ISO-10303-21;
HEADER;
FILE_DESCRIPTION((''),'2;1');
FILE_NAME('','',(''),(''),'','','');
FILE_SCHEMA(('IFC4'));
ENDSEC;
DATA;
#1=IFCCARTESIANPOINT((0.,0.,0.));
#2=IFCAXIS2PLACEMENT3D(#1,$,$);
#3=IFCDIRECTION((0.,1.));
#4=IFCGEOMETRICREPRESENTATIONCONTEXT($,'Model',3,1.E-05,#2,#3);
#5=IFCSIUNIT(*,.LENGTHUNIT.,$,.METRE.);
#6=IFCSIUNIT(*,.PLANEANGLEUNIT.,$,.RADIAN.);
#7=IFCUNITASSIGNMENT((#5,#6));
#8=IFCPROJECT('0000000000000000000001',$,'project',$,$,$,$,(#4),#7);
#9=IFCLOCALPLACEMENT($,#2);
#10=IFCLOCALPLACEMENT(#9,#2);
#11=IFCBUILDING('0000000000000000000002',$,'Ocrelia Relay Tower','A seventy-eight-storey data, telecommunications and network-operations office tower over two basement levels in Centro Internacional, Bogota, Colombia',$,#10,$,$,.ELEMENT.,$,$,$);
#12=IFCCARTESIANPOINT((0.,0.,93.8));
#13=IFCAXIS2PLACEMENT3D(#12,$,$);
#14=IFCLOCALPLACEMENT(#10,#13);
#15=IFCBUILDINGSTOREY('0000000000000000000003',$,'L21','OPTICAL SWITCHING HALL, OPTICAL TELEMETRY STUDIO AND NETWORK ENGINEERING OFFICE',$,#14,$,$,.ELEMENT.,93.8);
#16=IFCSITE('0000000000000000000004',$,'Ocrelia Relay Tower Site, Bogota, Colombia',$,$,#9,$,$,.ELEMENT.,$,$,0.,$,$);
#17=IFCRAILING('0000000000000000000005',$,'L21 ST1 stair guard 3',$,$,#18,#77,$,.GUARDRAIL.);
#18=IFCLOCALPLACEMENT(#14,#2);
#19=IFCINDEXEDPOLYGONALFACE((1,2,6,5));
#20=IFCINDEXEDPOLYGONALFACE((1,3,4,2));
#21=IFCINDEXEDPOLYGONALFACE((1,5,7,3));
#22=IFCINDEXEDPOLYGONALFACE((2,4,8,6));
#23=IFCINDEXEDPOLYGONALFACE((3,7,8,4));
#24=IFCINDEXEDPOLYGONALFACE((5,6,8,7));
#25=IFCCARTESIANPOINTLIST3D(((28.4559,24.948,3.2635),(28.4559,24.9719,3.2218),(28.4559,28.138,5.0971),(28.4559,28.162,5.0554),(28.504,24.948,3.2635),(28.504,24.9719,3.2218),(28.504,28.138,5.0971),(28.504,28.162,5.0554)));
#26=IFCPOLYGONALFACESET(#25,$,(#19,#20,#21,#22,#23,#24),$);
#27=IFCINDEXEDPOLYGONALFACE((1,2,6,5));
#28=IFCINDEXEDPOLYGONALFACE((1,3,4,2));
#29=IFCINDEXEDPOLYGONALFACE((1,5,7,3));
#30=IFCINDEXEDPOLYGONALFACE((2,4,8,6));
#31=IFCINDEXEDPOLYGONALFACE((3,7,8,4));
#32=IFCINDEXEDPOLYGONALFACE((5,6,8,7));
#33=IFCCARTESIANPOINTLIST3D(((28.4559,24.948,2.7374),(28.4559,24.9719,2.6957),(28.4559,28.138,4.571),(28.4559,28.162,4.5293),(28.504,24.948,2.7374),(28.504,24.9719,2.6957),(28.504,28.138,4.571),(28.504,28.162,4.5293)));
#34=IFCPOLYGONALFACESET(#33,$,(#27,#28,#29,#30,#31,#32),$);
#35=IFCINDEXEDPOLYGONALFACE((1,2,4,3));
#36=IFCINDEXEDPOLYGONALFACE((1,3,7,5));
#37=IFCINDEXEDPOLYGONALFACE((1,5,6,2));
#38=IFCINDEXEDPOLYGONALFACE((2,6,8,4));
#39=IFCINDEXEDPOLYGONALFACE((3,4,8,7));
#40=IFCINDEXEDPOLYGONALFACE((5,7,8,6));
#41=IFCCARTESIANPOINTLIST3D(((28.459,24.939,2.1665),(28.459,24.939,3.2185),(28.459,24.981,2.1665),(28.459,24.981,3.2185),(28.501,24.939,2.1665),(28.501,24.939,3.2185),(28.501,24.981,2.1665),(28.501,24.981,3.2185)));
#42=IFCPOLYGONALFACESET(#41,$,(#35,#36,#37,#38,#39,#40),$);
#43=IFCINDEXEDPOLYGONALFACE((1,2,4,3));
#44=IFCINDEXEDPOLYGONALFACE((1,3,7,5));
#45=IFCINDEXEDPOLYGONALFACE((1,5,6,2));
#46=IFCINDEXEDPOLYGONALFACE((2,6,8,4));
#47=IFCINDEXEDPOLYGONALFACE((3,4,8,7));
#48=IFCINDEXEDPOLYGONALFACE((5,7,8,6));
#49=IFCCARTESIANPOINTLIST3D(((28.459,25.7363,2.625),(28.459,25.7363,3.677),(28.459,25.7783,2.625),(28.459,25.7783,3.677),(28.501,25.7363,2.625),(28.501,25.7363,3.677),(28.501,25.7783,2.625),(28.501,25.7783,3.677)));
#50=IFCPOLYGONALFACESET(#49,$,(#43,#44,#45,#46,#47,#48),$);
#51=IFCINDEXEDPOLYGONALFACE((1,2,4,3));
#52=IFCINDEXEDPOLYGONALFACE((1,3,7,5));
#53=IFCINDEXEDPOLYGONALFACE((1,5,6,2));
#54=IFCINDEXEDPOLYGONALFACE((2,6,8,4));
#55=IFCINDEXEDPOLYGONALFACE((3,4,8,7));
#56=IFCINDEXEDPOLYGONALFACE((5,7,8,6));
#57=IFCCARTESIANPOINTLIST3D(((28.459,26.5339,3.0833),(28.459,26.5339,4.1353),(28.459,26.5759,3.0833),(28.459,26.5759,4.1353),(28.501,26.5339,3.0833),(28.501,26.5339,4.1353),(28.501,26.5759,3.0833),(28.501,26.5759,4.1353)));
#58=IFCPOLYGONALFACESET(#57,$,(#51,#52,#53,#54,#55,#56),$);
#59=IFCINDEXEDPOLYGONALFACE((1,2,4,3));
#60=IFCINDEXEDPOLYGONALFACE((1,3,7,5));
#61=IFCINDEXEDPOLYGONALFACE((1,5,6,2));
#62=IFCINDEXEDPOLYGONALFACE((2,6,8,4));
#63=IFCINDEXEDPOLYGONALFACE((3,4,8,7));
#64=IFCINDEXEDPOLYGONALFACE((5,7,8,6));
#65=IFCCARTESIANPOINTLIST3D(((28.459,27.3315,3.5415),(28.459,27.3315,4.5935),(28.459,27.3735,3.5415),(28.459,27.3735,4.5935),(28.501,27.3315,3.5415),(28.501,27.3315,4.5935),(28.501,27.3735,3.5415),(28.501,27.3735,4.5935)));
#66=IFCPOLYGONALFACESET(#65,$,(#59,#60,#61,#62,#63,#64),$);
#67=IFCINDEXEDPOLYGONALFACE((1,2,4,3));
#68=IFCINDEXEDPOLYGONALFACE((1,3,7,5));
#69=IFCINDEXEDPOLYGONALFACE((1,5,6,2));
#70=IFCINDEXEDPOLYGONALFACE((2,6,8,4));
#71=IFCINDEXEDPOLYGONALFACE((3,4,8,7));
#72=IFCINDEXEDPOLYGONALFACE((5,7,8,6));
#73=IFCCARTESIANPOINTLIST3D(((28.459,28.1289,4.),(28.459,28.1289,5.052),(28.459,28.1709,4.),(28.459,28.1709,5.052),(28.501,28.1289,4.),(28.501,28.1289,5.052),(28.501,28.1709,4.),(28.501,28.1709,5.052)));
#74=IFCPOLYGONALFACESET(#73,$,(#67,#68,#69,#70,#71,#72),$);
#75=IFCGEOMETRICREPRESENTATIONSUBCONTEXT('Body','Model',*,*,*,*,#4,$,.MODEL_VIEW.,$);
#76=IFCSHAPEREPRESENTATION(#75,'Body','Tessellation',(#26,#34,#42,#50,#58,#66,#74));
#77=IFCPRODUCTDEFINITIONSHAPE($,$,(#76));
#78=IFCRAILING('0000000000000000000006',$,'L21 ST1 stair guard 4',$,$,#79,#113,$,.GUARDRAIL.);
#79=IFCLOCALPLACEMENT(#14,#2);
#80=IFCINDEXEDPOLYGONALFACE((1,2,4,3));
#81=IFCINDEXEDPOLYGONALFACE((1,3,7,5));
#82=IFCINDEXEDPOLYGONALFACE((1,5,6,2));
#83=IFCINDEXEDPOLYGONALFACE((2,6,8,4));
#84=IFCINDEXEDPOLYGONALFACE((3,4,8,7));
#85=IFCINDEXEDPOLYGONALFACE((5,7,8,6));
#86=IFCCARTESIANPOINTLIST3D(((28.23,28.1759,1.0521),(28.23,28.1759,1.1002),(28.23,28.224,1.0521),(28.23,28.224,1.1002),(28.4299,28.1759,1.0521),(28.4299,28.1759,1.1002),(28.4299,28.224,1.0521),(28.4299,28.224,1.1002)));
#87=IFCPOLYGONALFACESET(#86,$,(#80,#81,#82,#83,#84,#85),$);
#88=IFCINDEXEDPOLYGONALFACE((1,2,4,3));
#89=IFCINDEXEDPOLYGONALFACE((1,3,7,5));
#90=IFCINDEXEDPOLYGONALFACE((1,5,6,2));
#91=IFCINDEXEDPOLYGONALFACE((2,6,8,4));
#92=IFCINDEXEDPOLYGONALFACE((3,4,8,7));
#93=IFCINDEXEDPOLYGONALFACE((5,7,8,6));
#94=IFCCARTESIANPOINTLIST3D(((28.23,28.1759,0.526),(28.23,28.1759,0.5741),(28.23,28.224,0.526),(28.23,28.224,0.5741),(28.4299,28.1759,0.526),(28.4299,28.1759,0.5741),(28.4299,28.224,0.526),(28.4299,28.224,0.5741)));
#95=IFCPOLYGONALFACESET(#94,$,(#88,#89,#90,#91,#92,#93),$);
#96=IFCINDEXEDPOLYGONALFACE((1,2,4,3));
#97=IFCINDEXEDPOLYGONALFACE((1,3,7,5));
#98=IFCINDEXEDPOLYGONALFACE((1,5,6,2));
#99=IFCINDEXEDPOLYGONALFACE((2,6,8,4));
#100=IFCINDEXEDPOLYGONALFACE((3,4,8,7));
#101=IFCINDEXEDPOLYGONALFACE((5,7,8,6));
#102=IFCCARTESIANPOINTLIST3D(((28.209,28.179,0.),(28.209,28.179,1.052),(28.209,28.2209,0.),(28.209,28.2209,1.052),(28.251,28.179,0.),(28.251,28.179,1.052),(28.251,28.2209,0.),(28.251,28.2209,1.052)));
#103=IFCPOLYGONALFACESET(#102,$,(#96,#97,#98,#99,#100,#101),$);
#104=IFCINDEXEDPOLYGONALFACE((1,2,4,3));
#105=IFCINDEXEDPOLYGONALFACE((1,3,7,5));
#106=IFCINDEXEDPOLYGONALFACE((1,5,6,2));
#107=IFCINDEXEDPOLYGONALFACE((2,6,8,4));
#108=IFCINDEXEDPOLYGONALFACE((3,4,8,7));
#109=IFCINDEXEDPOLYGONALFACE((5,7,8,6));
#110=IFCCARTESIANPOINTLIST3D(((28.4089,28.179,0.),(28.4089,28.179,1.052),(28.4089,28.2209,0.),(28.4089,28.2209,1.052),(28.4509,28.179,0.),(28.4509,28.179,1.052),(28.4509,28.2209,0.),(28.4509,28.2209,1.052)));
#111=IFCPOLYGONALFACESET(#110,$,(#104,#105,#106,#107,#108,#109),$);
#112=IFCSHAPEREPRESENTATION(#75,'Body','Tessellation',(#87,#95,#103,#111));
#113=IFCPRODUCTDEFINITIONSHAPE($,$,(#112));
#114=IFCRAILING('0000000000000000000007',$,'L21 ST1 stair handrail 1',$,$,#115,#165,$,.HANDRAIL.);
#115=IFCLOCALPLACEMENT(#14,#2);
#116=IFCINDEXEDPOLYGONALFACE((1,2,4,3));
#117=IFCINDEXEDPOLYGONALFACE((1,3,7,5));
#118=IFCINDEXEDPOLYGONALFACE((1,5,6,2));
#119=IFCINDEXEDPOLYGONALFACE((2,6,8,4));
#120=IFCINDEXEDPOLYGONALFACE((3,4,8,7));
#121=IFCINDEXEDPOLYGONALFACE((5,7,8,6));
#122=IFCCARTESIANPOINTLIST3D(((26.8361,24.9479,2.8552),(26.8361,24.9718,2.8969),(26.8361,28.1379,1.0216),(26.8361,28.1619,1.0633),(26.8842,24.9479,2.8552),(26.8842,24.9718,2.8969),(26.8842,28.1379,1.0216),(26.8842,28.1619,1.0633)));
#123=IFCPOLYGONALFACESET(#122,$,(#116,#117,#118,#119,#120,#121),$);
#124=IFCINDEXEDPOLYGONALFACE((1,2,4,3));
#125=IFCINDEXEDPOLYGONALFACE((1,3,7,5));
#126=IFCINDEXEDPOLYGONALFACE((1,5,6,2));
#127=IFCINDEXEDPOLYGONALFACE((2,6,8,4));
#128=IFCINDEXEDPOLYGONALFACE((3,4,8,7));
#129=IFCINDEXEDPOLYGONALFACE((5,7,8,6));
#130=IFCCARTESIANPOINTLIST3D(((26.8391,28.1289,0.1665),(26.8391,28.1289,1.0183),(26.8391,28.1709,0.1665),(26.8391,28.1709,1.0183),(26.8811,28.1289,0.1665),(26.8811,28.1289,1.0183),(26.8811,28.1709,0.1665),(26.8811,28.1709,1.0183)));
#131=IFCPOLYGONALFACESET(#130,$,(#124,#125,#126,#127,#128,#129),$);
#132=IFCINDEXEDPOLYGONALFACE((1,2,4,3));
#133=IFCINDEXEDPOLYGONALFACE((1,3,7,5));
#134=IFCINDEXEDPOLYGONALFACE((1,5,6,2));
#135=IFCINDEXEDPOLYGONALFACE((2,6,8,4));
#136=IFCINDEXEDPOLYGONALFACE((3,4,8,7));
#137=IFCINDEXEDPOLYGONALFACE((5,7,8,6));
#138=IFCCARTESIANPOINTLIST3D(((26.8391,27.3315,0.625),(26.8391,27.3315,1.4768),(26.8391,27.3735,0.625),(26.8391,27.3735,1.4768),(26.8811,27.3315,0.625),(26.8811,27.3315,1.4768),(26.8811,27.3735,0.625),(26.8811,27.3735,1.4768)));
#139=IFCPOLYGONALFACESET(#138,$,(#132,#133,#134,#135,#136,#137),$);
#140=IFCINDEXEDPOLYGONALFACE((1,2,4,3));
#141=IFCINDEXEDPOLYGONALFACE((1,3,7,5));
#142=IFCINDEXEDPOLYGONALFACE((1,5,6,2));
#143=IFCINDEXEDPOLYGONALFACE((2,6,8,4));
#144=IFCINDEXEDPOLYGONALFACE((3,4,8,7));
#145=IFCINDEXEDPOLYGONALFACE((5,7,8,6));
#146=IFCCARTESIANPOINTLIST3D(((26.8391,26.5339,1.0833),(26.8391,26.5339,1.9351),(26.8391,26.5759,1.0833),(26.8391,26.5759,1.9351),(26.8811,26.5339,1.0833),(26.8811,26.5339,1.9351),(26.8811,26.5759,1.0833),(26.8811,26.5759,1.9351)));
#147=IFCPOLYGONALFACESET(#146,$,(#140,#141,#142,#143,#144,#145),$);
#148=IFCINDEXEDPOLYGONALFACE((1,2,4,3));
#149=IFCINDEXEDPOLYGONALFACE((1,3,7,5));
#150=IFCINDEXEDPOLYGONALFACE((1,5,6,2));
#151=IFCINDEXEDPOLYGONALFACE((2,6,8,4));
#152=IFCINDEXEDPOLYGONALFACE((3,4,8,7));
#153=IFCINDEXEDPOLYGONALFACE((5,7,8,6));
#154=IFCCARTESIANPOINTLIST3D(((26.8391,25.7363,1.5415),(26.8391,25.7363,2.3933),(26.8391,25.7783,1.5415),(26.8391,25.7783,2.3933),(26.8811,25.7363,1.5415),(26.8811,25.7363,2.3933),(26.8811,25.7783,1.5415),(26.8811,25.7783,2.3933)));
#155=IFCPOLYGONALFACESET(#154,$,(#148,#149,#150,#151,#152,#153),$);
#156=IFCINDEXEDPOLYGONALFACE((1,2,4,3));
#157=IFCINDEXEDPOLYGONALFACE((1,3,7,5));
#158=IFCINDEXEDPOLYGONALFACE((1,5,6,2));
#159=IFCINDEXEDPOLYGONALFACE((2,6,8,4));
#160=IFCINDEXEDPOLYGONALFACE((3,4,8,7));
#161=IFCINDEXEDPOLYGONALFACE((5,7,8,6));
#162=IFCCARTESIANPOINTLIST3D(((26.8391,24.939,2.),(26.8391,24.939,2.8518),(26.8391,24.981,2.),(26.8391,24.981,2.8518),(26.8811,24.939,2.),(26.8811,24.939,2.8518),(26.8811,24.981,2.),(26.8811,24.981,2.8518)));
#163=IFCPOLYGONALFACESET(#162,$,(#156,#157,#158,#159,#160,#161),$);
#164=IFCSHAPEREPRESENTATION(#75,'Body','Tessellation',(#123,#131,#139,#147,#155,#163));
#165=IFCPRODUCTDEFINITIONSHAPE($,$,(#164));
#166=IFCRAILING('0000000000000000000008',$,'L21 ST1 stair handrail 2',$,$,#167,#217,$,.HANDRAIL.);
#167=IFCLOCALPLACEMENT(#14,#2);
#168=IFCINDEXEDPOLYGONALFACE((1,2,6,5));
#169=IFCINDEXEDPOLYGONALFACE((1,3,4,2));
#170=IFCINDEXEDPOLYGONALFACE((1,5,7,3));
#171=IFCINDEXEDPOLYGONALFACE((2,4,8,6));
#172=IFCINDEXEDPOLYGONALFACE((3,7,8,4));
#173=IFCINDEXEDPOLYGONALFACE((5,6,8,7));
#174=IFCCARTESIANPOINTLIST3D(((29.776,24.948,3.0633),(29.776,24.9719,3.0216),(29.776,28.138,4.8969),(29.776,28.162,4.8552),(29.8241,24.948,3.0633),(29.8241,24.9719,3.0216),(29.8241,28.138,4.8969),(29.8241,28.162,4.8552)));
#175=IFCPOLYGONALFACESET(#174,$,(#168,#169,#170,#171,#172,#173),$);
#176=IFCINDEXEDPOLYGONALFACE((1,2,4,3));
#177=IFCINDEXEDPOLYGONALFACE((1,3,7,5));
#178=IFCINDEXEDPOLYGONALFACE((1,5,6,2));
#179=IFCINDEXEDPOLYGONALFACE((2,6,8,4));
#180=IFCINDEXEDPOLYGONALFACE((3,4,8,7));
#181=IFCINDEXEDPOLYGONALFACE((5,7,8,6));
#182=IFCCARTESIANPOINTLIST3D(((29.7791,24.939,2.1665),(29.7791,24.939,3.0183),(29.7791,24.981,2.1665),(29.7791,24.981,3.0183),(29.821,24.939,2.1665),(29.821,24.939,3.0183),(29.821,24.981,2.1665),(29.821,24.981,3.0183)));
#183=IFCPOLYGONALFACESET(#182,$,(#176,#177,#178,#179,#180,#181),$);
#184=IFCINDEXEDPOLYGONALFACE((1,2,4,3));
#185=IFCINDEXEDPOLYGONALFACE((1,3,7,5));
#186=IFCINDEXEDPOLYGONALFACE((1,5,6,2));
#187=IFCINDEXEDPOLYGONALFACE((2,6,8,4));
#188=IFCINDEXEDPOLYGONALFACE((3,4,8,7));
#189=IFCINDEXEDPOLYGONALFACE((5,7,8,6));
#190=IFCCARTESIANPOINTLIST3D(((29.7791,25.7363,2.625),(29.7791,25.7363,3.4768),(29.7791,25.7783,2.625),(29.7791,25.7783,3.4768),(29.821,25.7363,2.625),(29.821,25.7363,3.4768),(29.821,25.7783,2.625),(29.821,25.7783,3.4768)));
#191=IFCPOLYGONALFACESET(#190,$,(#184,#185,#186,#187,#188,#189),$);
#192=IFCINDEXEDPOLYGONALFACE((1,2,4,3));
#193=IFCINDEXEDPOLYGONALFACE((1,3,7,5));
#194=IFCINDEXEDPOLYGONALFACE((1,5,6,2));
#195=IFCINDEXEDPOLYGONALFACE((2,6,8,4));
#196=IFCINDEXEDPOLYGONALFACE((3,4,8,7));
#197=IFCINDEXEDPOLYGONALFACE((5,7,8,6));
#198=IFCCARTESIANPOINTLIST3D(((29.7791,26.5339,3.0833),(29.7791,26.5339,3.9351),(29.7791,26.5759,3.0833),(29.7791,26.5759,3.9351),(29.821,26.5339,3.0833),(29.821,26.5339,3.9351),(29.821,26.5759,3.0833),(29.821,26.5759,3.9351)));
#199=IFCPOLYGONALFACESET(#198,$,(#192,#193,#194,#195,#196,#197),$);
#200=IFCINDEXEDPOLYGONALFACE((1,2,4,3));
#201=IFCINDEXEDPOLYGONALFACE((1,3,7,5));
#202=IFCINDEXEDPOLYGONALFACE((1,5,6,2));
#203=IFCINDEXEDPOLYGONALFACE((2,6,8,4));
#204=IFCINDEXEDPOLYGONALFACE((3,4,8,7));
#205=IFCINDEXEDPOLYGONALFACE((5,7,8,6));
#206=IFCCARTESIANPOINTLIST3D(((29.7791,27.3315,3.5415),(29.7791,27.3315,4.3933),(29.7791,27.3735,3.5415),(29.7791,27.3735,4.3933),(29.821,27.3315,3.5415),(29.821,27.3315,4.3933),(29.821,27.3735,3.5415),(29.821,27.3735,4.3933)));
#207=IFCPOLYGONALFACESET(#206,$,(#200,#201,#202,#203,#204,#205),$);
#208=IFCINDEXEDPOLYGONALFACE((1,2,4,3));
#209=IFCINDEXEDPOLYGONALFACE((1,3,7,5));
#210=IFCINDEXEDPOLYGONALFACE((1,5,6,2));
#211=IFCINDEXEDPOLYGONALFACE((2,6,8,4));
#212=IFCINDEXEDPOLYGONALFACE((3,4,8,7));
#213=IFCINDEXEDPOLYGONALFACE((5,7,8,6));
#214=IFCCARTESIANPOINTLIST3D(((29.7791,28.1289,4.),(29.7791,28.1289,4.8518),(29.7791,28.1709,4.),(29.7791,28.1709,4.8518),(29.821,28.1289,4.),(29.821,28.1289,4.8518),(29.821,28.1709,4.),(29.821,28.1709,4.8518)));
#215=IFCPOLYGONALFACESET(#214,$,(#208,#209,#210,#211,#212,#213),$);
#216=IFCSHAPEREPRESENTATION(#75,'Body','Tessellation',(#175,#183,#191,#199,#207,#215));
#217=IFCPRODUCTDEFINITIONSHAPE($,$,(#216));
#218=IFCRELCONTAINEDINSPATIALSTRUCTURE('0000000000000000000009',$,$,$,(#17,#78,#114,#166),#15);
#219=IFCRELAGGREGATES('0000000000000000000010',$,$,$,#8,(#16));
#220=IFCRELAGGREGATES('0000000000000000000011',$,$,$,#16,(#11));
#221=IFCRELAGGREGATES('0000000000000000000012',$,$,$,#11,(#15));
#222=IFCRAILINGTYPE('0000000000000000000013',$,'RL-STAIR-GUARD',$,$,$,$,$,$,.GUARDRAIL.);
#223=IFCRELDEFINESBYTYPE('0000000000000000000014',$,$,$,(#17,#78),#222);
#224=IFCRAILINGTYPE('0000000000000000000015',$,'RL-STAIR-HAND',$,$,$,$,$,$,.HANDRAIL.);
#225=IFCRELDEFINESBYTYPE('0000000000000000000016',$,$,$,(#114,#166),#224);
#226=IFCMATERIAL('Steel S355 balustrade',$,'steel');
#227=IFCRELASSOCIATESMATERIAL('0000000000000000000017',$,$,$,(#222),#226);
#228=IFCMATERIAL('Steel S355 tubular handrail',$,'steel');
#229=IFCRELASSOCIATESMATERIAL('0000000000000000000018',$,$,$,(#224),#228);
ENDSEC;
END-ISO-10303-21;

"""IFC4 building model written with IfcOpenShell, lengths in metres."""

from ifc_helpers import new_model, si_unit, direction, frame, origin, origin_2d, place, context, subcontext, project, spatial, rectangle, extrude, material, type_object, element, save


model = new_model("IFC4")

# Units and contexts
model_context = context("Model", 3, precision=1e-05, world=origin(), true_north=direction((0.0, 1.0)))
body_context = subcontext(model_context, "Body", "Model", "MODEL_VIEW")
ifc_project = project(units=[si_unit("LENGTHUNIT", "METRE"), si_unit("PLANEANGLEUNIT", "RADIAN")], contexts=[model_context])

# Site, building, storey
site_placement = place(None, origin())
site = spatial("IfcSite", under=ifc_project, at=site_placement, Name="Ocrelia Relay Tower Site, Bogota, Colombia", CompositionType="ELEMENT", RefElevation=0.0)
building_placement = place(site_placement, origin())
building = spatial("IfcBuilding", under=site, at=building_placement, Name="Ocrelia Relay Tower", Description="A seventy-eight-storey data, telecommunications and network-operations office tower over two basement levels in Centro Internacional, Bogota, Colombia", CompositionType="ELEMENT")
storey_placement = place(building_placement, frame((0.0, 0.0, 93.8)))
storey = spatial("IfcBuildingStorey", under=building, at=storey_placement, Name="L21", Description="OPTICAL SWITCHING HALL, OPTICAL TELEMETRY STUDIO AND NETWORK ENGINEERING OFFICE", CompositionType="ELEMENT", Elevation=93.8)

# Railings
ifc_material_1 = material(Name="Steel S355 balustrade", Category="steel")
railing_type_1 = type_object("IfcRailingType", Name="RL-STAIR-GUARD", PredefinedType="GUARDRAIL", material=ifc_material_1)
railing_1_placement = place(storey_placement, frame((28.48, 24.96, 2.1665)))
element("IfcRailing", 1, at=railing_1_placement, inside=storey, type_object=railing_type_1, Name="L21 ST1 stair guard 3", PredefinedType="GUARDRAIL", context=body_context, shape_type="SweptSolid", body=[
    extrude(rectangle(XDim=0.0481, YDim=0.0481, at=origin_2d()), frame((0.0, 0.0, 1.0762), z_axis=(0.0, 0.866991, 0.498324), x_axis=(-1.0, 0.0, 0.0)), (0.0, 0.0, 1.0), 3.6794),
    extrude(rectangle(XDim=0.0481, YDim=0.0481, at=origin_2d()), frame((0.0, 0.0, 0.55), z_axis=(0.0, 0.866991, 0.498324), x_axis=(-1.0, 0.0, 0.0)), (0.0, 0.0, 1.0), 3.6794),
    extrude(rectangle(XDim=0.042, YDim=0.042, at=origin_2d()), origin(), (0.0, 0.0, 1.0), 1.052),
    extrude(rectangle(XDim=0.042, YDim=0.042, at=origin_2d()), frame((0.0, 0.7974, 0.4585)), (0.0, 0.0, 1.0), 1.052),
    extrude(rectangle(XDim=0.042, YDim=0.042, at=origin_2d()), frame((0.0, 1.595, 0.9167)), (0.0, 0.0, 1.0), 1.052),
    extrude(rectangle(XDim=0.042, YDim=0.042, at=origin_2d()), frame((0.0, 2.3926, 1.375)), (0.0, 0.0, 1.0), 1.052),
    extrude(rectangle(XDim=0.042, YDim=0.042, at=origin_2d()), frame((0.0, 3.1899, 1.8335)), (0.0, 0.0, 1.0), 1.052),
])
railing_2_placement = place(storey_placement, frame((28.23, 28.2, 0.0)))
element("IfcRailing", 2, at=railing_2_placement, inside=storey, type_object=railing_type_1, Name="L21 ST1 stair guard 4", PredefinedType="GUARDRAIL", context=body_context, shape_type="SweptSolid", body=[
    extrude(rectangle(XDim=0.0481, YDim=0.0481, at=origin_2d()), frame((0.0, 0.0, 1.0762), z_axis=(1.0, 0.0, 0.0), x_axis=(0.0, 1.0, 0.0)), (0.0, 0.0, 1.0), 0.2),
    extrude(rectangle(XDim=0.0481, YDim=0.0481, at=origin_2d()), frame((0.0, 0.0, 0.55), z_axis=(1.0, 0.0, 0.0), x_axis=(0.0, 1.0, 0.0)), (0.0, 0.0, 1.0), 0.2),
    extrude(rectangle(XDim=0.042, YDim=0.042, at=origin_2d()), origin(), (0.0, 0.0, 1.0), 1.052),
    extrude(rectangle(XDim=0.042, YDim=0.042, at=origin_2d()), frame((0.2, 0.0, 0.0)), (0.0, 0.0, 1.0), 1.052),
])
ifc_material_2 = material(Name="Steel S355 tubular handrail", Category="steel")
railing_type_2 = type_object("IfcRailingType", Name="RL-STAIR-HAND", PredefinedType="HANDRAIL", material=ifc_material_2)
railing_3_placement = place(storey_placement, frame((26.8601, 28.1499, 0.1665)))
element("IfcRailing", 3, at=railing_3_placement, inside=storey, type_object=railing_type_2, Name="L21 ST1 stair handrail 1", PredefinedType="HANDRAIL", context=body_context, shape_type="SweptSolid", body=[
    extrude(rectangle(XDim=0.0481, YDim=0.0481, at=origin_2d()), frame((0.0, 0.0, 0.876), z_axis=(0.0, -0.866991, 0.498324), x_axis=(1.0, 0.0, 0.0)), (0.0, 0.0, 1.0), 3.6794),
    extrude(rectangle(XDim=0.042, YDim=0.042, at=origin_2d()), origin(), (0.0, 0.0, 1.0), 0.8518),
    extrude(rectangle(XDim=0.042, YDim=0.042, at=origin_2d()), frame((0.0, -0.7974, 0.4585)), (0.0, 0.0, 1.0), 0.8518),
    extrude(rectangle(XDim=0.042, YDim=0.042, at=origin_2d()), frame((0.0, -1.595, 0.9167)), (0.0, 0.0, 1.0), 0.8518),
    extrude(rectangle(XDim=0.042, YDim=0.042, at=origin_2d()), frame((0.0, -2.3926, 1.375)), (0.0, 0.0, 1.0), 0.8518),
    extrude(rectangle(XDim=0.042, YDim=0.042, at=origin_2d()), frame((0.0, -3.1899, 1.8335)), (0.0, 0.0, 1.0), 0.8518),
])
railing_4_placement = place(storey_placement, frame((29.8, 24.96, 2.1665)))
element("IfcRailing", 4, at=railing_4_placement, inside=storey, type_object=railing_type_2, Name="L21 ST1 stair handrail 2", PredefinedType="HANDRAIL", context=body_context, shape_type="SweptSolid", body=[
    extrude(rectangle(XDim=0.0481, YDim=0.0481, at=origin_2d()), frame((0.0, 0.0, 0.876), z_axis=(0.0, 0.866991, 0.498324), x_axis=(-1.0, 0.0, 0.0)), (0.0, 0.0, 1.0), 3.6794),
    extrude(rectangle(XDim=0.042, YDim=0.042, at=origin_2d()), origin(), (0.0, 0.0, 1.0), 0.8518),
    extrude(rectangle(XDim=0.042, YDim=0.042, at=origin_2d()), frame((0.0, 0.7974, 0.4585)), (0.0, 0.0, 1.0), 0.8518),
    extrude(rectangle(XDim=0.042, YDim=0.042, at=origin_2d()), frame((0.0, 1.595, 0.9167)), (0.0, 0.0, 1.0), 0.8518),
    extrude(rectangle(XDim=0.042, YDim=0.042, at=origin_2d()), frame((0.0, 2.3926, 1.375)), (0.0, 0.0, 1.0), 0.8518),
    extrude(rectangle(XDim=0.042, YDim=0.042, at=origin_2d()), frame((0.0, 3.1899, 1.8335)), (0.0, 0.0, 1.0), 0.8518),
])

save(model, "model.ifc")
